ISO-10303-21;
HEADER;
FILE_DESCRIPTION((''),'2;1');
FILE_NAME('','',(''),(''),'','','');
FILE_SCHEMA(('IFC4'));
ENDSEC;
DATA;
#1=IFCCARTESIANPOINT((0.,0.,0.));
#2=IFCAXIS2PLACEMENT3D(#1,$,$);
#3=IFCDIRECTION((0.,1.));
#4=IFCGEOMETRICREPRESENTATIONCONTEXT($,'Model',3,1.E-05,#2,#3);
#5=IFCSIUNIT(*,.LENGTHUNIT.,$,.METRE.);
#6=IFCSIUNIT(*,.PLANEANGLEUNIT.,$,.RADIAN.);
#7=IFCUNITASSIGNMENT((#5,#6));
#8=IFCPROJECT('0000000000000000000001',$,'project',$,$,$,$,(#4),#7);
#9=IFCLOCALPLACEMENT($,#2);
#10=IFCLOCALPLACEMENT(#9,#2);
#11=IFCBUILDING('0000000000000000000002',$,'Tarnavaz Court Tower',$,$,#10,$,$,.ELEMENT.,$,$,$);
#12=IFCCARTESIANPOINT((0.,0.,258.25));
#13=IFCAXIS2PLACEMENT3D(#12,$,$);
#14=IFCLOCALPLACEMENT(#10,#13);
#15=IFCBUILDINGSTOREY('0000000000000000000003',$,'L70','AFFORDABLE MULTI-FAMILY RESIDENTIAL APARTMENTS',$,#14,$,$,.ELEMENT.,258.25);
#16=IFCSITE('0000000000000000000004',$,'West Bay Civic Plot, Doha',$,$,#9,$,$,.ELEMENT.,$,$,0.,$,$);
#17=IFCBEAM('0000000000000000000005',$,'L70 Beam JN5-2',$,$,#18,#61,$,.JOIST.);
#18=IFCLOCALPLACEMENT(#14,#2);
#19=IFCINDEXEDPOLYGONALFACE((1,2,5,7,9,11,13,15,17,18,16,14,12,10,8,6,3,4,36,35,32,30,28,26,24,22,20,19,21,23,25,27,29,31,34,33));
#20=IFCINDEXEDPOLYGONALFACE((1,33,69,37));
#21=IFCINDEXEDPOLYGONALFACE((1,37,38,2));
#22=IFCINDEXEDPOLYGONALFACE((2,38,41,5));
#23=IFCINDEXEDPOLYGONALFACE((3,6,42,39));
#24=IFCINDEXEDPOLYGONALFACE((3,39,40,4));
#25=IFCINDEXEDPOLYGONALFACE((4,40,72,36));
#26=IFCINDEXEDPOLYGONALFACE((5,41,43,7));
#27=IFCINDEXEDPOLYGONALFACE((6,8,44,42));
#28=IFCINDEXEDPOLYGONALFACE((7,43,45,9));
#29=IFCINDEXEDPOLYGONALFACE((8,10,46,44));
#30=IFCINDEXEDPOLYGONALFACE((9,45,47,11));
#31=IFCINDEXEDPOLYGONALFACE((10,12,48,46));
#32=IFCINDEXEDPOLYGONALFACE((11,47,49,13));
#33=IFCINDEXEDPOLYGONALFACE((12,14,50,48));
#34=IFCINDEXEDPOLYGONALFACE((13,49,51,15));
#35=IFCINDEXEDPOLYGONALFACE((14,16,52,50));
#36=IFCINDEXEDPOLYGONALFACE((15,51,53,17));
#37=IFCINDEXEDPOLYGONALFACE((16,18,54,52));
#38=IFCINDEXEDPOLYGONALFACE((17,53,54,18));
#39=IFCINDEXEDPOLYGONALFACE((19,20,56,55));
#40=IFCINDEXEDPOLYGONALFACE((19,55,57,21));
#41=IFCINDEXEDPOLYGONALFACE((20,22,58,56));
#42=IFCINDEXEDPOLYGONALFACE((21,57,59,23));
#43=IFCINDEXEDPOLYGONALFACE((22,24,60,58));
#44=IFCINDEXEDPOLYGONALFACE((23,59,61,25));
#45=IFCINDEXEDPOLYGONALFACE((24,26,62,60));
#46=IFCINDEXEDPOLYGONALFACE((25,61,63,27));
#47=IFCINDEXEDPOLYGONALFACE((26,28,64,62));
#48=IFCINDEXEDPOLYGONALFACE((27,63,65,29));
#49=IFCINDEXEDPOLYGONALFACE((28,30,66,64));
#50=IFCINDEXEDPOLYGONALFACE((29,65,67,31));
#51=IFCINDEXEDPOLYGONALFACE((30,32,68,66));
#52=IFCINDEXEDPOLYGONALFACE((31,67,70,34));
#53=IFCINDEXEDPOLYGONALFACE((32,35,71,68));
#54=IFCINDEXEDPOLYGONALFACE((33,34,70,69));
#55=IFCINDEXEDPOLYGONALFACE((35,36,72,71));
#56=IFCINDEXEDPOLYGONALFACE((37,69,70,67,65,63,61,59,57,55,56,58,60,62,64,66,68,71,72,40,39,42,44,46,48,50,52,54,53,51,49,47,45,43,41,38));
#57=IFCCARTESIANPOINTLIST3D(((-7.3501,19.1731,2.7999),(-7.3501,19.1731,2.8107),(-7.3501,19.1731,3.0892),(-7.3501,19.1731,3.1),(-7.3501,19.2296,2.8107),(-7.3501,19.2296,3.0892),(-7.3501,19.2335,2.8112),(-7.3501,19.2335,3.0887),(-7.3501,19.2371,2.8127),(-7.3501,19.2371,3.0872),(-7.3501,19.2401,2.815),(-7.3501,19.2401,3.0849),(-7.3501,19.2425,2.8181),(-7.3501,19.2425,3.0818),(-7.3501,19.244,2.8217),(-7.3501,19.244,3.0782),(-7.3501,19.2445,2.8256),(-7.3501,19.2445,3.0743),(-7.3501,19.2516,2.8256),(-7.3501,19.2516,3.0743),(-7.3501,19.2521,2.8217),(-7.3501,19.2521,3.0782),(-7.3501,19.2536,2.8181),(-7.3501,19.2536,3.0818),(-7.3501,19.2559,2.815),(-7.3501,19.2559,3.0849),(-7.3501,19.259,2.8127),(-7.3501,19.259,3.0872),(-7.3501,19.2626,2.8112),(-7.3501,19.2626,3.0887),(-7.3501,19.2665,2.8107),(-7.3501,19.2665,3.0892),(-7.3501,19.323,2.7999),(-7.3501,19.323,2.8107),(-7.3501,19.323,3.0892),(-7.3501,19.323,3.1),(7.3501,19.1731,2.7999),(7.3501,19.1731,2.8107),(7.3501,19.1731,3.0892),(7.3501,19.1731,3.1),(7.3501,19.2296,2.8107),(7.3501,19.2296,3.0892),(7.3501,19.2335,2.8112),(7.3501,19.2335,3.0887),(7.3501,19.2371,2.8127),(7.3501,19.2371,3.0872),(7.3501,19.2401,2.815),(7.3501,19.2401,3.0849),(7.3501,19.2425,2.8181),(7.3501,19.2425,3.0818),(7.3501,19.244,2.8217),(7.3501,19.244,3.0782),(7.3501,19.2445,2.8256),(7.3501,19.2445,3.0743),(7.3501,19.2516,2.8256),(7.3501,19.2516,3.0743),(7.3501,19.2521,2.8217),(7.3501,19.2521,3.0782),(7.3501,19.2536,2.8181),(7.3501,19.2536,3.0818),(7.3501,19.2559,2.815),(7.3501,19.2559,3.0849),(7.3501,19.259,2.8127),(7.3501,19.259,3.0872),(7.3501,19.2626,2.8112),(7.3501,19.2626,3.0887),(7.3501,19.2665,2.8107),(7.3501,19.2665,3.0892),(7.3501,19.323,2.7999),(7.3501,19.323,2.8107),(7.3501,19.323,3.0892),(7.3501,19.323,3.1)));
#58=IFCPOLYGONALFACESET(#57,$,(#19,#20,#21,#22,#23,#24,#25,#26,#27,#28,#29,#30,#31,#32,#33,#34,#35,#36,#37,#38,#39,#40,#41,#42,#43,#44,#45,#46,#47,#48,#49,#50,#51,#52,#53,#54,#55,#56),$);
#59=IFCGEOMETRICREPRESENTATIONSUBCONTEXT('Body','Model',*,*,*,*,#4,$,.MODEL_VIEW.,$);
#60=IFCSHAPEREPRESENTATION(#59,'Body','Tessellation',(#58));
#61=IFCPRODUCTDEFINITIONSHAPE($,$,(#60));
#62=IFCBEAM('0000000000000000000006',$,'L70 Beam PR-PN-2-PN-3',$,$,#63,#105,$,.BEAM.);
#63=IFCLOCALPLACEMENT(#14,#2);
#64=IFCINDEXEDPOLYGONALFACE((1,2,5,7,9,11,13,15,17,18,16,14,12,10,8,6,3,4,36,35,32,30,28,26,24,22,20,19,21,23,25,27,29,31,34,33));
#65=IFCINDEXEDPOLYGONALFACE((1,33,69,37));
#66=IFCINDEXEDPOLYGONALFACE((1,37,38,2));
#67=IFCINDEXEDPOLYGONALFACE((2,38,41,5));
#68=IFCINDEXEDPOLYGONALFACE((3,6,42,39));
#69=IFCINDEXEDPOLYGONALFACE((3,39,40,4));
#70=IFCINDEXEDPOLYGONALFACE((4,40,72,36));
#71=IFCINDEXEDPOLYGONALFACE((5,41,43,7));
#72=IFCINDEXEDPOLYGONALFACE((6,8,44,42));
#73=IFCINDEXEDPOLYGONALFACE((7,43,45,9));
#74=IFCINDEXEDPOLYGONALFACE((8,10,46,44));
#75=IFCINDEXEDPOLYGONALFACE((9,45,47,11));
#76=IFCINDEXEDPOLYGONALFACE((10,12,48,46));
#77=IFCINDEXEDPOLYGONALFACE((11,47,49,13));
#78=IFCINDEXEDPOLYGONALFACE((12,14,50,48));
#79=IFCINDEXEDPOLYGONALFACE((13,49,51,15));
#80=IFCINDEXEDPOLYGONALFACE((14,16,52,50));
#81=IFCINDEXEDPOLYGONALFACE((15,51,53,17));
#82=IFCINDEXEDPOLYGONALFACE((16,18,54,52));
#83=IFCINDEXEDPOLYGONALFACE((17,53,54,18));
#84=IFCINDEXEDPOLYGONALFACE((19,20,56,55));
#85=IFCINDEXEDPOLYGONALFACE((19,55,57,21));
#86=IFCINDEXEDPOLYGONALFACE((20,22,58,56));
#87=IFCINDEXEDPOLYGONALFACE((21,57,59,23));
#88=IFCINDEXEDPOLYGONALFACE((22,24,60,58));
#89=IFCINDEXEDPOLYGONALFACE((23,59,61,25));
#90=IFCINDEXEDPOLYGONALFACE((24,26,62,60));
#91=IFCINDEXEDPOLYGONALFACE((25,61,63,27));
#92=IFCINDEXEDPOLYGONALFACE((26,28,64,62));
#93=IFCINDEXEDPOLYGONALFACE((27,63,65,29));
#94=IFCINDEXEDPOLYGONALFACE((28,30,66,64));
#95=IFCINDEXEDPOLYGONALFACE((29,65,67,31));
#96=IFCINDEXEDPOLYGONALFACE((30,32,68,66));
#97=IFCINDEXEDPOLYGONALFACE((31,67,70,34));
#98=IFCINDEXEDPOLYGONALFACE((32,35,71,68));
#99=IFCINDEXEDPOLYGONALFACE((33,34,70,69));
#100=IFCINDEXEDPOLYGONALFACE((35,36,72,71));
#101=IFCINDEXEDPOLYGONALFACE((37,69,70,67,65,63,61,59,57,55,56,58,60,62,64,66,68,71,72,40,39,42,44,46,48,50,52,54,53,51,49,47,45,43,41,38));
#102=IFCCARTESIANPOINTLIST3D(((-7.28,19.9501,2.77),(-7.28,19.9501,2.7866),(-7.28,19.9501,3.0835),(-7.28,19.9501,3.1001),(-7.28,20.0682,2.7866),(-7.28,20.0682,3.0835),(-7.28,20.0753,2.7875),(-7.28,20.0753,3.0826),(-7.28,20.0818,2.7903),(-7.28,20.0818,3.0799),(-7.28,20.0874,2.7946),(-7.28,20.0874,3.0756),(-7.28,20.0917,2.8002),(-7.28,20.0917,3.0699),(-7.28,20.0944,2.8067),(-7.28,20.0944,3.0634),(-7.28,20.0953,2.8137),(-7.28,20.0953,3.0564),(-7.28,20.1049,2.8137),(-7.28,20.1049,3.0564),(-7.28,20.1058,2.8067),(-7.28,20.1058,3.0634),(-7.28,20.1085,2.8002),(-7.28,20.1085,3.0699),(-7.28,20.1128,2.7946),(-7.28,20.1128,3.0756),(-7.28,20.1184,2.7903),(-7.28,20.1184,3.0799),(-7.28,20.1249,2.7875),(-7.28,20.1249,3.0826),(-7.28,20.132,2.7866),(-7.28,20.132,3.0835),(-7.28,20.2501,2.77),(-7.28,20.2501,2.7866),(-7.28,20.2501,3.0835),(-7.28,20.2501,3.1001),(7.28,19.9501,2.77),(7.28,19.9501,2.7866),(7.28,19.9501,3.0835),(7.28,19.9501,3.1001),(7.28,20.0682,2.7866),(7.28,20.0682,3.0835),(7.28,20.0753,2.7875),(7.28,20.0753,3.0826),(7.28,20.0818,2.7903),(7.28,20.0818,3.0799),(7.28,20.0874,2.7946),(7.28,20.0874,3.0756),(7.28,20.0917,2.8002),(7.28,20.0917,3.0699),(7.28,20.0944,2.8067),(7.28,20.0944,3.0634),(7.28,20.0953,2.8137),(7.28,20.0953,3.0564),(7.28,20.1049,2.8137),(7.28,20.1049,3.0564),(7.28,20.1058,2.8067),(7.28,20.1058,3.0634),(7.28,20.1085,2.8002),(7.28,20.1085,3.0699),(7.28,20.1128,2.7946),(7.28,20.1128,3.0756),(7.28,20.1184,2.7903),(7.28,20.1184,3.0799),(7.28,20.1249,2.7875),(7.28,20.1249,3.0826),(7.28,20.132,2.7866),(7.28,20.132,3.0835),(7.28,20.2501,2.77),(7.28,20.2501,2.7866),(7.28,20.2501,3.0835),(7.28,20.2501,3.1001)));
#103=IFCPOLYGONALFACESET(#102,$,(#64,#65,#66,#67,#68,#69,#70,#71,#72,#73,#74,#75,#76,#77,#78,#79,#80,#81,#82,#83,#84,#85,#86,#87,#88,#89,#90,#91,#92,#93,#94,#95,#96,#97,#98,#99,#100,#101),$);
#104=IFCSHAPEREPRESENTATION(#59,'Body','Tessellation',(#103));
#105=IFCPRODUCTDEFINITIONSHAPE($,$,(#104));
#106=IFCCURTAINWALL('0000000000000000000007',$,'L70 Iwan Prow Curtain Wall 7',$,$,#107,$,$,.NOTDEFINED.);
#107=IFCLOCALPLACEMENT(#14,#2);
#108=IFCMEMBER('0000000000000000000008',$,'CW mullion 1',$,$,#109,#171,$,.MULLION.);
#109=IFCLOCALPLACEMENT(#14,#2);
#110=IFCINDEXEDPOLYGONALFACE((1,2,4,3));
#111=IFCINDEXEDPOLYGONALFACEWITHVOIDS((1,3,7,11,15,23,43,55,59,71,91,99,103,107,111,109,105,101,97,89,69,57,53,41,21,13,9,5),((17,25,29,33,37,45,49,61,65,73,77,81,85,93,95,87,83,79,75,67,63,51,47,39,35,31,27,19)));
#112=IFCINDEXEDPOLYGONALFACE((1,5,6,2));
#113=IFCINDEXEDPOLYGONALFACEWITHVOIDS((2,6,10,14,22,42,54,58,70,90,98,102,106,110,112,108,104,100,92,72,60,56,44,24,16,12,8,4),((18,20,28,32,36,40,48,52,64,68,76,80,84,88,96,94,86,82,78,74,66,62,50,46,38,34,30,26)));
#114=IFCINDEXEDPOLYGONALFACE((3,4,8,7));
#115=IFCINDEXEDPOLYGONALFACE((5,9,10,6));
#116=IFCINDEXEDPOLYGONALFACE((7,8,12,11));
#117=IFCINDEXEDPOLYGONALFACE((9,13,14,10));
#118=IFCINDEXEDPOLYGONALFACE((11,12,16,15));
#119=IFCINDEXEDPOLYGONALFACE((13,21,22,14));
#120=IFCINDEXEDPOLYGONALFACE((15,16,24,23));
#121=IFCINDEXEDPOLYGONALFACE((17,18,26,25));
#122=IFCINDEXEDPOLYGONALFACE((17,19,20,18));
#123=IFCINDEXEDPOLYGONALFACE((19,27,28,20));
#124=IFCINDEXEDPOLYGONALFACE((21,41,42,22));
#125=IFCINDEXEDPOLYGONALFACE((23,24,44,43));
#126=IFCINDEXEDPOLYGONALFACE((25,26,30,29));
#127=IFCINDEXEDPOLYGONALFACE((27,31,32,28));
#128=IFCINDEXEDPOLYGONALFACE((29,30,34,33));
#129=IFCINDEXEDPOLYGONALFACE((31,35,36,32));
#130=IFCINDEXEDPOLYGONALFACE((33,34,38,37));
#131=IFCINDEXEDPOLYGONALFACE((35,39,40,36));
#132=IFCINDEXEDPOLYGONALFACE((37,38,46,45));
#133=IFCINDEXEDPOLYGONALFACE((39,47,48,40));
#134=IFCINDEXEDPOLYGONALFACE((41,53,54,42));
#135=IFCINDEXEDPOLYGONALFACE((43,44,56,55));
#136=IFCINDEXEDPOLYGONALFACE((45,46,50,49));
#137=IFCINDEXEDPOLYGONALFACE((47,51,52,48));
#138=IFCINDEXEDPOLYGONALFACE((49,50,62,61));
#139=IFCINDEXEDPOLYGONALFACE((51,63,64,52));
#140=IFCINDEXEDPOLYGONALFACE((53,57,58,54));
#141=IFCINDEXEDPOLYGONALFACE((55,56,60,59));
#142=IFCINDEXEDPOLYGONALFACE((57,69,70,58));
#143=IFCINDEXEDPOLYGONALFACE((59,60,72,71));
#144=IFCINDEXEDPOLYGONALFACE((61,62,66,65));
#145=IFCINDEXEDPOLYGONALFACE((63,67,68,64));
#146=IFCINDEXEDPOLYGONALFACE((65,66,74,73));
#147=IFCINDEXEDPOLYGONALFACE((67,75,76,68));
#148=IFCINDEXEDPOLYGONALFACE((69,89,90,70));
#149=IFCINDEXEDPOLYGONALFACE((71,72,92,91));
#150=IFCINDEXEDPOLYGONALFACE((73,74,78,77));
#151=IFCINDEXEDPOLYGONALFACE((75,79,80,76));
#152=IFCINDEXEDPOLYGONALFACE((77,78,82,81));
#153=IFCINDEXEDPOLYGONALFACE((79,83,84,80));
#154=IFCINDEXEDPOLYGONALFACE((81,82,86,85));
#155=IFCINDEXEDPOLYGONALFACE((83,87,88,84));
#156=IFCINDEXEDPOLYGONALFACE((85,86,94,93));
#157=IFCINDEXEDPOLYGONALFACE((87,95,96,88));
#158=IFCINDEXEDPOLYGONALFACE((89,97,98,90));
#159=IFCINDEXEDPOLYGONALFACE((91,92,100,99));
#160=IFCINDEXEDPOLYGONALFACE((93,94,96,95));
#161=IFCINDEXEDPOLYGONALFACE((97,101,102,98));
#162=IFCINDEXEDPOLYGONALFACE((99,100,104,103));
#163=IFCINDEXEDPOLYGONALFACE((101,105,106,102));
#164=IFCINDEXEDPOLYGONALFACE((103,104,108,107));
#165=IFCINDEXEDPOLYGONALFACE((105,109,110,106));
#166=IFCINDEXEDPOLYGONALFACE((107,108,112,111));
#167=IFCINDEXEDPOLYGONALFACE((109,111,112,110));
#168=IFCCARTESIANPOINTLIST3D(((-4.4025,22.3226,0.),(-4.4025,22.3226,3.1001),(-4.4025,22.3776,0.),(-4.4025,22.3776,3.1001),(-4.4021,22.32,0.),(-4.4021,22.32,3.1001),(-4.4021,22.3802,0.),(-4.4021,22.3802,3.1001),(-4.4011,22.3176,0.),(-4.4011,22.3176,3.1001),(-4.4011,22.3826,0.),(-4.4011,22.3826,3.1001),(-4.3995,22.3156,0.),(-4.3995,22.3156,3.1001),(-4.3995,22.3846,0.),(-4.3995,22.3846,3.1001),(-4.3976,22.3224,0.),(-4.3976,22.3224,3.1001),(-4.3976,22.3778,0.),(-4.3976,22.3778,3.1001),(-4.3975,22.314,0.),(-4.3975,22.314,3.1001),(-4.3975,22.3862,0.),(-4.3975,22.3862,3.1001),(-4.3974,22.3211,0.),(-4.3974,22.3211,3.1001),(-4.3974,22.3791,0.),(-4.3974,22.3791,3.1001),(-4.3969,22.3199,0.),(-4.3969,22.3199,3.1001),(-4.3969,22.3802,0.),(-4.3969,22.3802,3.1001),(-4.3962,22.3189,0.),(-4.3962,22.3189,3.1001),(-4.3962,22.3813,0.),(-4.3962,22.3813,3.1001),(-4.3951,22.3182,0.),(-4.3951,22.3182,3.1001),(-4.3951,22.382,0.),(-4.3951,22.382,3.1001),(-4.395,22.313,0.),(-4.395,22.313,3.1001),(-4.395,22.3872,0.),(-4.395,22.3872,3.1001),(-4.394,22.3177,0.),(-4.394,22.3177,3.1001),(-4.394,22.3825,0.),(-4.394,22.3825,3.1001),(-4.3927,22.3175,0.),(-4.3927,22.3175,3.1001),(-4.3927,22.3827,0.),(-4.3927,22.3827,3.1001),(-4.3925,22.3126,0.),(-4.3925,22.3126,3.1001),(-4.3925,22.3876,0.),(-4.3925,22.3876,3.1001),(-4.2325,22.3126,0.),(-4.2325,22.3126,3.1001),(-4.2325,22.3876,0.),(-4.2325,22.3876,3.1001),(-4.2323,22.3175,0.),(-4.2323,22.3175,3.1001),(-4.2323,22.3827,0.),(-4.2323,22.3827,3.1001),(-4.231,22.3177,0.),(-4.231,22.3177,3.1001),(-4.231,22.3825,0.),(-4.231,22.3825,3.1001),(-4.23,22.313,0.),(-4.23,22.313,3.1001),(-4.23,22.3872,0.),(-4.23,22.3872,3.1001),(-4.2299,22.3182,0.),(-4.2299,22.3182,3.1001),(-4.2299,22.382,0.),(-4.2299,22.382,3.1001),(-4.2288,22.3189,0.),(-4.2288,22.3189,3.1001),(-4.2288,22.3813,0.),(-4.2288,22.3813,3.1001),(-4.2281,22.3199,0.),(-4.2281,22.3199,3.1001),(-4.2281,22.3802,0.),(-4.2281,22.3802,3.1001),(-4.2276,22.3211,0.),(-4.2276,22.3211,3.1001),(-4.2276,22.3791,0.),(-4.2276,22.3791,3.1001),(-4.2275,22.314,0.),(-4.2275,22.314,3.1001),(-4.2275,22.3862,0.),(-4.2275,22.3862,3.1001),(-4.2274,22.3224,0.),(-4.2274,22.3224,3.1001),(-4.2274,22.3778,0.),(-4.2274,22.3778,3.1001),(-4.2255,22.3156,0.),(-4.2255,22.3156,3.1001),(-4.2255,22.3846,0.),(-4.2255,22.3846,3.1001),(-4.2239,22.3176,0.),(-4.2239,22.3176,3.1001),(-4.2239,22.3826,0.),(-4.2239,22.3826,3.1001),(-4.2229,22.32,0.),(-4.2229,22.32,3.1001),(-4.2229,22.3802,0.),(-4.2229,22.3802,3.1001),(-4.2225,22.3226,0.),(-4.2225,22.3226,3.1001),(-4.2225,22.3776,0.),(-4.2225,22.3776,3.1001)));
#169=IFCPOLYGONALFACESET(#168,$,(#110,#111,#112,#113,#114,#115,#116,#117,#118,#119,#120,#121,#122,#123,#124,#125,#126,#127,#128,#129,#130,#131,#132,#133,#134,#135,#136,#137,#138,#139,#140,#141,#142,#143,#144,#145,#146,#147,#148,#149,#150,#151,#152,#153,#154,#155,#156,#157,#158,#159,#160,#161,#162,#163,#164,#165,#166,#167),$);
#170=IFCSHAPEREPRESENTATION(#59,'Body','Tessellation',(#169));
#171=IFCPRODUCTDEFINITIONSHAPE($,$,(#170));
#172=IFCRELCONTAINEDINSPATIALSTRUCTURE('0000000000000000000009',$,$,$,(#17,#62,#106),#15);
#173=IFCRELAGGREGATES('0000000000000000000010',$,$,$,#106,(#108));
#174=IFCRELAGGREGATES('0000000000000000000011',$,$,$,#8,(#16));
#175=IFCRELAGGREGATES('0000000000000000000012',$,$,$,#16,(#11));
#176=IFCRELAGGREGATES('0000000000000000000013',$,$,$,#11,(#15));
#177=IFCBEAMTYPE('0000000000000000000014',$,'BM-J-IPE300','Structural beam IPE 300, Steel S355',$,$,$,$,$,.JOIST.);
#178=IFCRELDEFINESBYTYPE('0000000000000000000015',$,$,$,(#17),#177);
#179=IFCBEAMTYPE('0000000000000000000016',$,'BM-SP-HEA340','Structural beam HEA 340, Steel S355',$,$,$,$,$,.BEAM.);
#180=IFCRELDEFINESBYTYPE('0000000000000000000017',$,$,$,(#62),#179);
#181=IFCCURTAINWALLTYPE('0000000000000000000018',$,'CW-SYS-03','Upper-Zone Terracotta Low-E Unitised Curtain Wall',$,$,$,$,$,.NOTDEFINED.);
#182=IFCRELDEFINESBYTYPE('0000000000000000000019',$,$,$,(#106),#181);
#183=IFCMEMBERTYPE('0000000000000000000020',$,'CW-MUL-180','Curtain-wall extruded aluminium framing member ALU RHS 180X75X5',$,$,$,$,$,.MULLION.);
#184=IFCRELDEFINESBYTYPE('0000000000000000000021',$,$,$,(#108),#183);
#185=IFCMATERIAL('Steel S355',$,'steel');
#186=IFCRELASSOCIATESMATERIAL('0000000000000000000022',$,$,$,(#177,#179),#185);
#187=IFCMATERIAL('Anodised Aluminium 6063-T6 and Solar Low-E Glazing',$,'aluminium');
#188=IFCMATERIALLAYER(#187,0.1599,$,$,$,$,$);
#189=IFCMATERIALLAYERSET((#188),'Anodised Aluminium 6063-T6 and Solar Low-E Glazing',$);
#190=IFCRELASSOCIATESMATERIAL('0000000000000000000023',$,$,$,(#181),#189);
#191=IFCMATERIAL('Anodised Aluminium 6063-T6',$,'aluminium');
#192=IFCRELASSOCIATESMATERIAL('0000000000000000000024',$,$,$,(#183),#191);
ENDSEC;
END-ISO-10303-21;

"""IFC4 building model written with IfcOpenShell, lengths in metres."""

from ifc_helpers import new_model, si_unit, direction, frame, origin, origin_2d, place, context, subcontext, project, spatial, hollow_rectangle, i_section, extrude, material, layer, layer_set, material_profile, profile_set, type_object, element, aggregate, save


model = new_model("IFC4")

# Units and contexts
model_context = context("Model", 3, precision=1e-05, world=origin(), true_north=direction((0.0, 1.0)))
body_context = subcontext(model_context, "Body", "Model", "MODEL_VIEW")
ifc_project = project(units=[si_unit("LENGTHUNIT", "METRE"), si_unit("PLANEANGLEUNIT", "RADIAN")], contexts=[model_context])

# Site, building, storey
site_placement = place(None, origin())
site = spatial("IfcSite", under=ifc_project, at=site_placement, Name="West Bay Civic Plot, Doha", CompositionType="ELEMENT", RefElevation=0.0)
building_placement = place(site_placement, origin())
building = spatial("IfcBuilding", under=site, at=building_placement, Name="Tarnavaz Court Tower", CompositionType="ELEMENT")
storey_placement = place(building_placement, frame((0.0, 0.0, 258.25)))
storey = spatial("IfcBuildingStorey", under=building, at=storey_placement, Name="L70", Description="AFFORDABLE MULTI-FAMILY RESIDENTIAL APARTMENTS", CompositionType="ELEMENT", Elevation=258.25)

# Beams
ifc_material_1 = material(Name="Steel S355", Category="steel")
ifc_material_profile_1 = material_profile(ifc_material_1, i_section(OverallWidth=0.1499, OverallDepth=0.3, WebThickness=0.0071, FlangeThickness=0.0107, FilletRadius=0.0149, at=origin_2d()), Name="IPE 300")
ifc_profile_set_1 = profile_set([ifc_material_profile_1], Name="Steel S355")
beam_type_1 = type_object("IfcBeamType", Name="BM-J-IPE300", Description="Structural beam IPE 300, Steel S355", PredefinedType="JOIST", material=ifc_profile_set_1)
for number, where, z_axis, x_axis, name in (
    (1, (-7.3501, 19.248, 2.95), (1.0, 0.0, 0.0), (0.0, 1.0, 0.0), "L70 Beam JN5-2"),
):
    element("IfcBeam", number, at=place(storey_placement, frame(where, z_axis=z_axis, x_axis=x_axis)), inside=storey, type_object=beam_type_1, Name=name, PredefinedType="JOIST", context=body_context, shape_type="SweptSolid", body=[
        extrude(i_section(OverallWidth=0.1499, OverallDepth=0.3, WebThickness=0.0071, FlangeThickness=0.0107, FilletRadius=0.0149, at=origin_2d()), origin(), (0.0, 0.0, 1.0), 14.7002),
    ])
ifc_material_profile_2 = material_profile(ifc_material_1, i_section(OverallWidth=0.3, OverallDepth=0.3301, WebThickness=0.0095, FlangeThickness=0.0166, FilletRadius=0.0271, at=origin_2d()), Name="HEA 340")
ifc_profile_set_2 = profile_set([ifc_material_profile_2], Name="Steel S355")
beam_type_2 = type_object("IfcBeamType", Name="BM-SP-HEA340", Description="Structural beam HEA 340, Steel S355", PredefinedType="BEAM", material=ifc_profile_set_2)
beam_placement = place(storey_placement, frame((-7.28, 20.1001, 2.9351), z_axis=(1.0, 0.0, 0.0), x_axis=(0.0, 1.0, 0.0)))
element("IfcBeam", 2, at=beam_placement, inside=storey, type_object=beam_type_2, Name="L70 Beam PR-PN-2-PN-3", PredefinedType="BEAM", context=body_context, shape_type="SweptSolid", body=[
    extrude(i_section(OverallWidth=0.3, OverallDepth=0.3301, WebThickness=0.0095, FlangeThickness=0.0166, FilletRadius=0.0271, at=origin_2d()), origin(), (0.0, 0.0, 1.0), 14.5601),
])

# Curtain wall, member
ifc_material_2 = material(Name="Anodised Aluminium 6063-T6 and Solar Low-E Glazing", Category="aluminium")
ifc_layer_1 = layer(ifc_material_2, 0.1599)
ifc_layer_set_1 = layer_set([ifc_layer_1], Name="Anodised Aluminium 6063-T6 and Solar Low-E Glazing")
curtain_wall_type = type_object("IfcCurtainWallType", Name="CW-SYS-03", Description="Upper-Zone Terracotta Low-E Unitised Curtain Wall", PredefinedType="NOTDEFINED", material=ifc_layer_set_1)
curtain_wall_placement = place(storey_placement, origin())
curtain_wall = element("IfcCurtainWall", 3, at=curtain_wall_placement, inside=storey, type_object=curtain_wall_type, Name="L70 Iwan Prow Curtain Wall 7", PredefinedType="NOTDEFINED")
ifc_material_3 = material(Name="Anodised Aluminium 6063-T6", Category="aluminium")
ifc_material_profile_3 = material_profile(ifc_material_3, hollow_rectangle(XDim=0.075, YDim=0.1799, WallThickness=0.0049, InnerFilletRadius=0.0049, OuterFilletRadius=0.01, at=origin_2d()), Name="ALU RHS 180X75X5")
ifc_profile_set_3 = profile_set([ifc_material_profile_3], Name="Anodised Aluminium 6063-T6")
member_type_1 = type_object("IfcMemberType", Name="CW-MUL-180", Description="Curtain-wall extruded aluminium framing member ALU RHS 180X75X5", PredefinedType="MULLION", material=ifc_profile_set_3)
member_1_placement = place(storey_placement, frame((-4.3125, 22.3501, 0.0), z_axis=(0.0, 0.0, 1.0), x_axis=(0.0, 1.0, 0.0)))
member_1 = element("IfcMember", 4, at=member_1_placement, type_object=member_type_1, Name="CW mullion 1", PredefinedType="MULLION", context=body_context, shape_type="SweptSolid", body=[
    extrude(hollow_rectangle(XDim=0.075, YDim=0.1799, WallThickness=0.0049, InnerFilletRadius=0.0049, OuterFilletRadius=0.01, at=origin_2d()), origin(), (0.0, 0.0, 1.0), 3.1001),
])
aggregate(curtain_wall, [member_1])

save(model, "model.ifc")
